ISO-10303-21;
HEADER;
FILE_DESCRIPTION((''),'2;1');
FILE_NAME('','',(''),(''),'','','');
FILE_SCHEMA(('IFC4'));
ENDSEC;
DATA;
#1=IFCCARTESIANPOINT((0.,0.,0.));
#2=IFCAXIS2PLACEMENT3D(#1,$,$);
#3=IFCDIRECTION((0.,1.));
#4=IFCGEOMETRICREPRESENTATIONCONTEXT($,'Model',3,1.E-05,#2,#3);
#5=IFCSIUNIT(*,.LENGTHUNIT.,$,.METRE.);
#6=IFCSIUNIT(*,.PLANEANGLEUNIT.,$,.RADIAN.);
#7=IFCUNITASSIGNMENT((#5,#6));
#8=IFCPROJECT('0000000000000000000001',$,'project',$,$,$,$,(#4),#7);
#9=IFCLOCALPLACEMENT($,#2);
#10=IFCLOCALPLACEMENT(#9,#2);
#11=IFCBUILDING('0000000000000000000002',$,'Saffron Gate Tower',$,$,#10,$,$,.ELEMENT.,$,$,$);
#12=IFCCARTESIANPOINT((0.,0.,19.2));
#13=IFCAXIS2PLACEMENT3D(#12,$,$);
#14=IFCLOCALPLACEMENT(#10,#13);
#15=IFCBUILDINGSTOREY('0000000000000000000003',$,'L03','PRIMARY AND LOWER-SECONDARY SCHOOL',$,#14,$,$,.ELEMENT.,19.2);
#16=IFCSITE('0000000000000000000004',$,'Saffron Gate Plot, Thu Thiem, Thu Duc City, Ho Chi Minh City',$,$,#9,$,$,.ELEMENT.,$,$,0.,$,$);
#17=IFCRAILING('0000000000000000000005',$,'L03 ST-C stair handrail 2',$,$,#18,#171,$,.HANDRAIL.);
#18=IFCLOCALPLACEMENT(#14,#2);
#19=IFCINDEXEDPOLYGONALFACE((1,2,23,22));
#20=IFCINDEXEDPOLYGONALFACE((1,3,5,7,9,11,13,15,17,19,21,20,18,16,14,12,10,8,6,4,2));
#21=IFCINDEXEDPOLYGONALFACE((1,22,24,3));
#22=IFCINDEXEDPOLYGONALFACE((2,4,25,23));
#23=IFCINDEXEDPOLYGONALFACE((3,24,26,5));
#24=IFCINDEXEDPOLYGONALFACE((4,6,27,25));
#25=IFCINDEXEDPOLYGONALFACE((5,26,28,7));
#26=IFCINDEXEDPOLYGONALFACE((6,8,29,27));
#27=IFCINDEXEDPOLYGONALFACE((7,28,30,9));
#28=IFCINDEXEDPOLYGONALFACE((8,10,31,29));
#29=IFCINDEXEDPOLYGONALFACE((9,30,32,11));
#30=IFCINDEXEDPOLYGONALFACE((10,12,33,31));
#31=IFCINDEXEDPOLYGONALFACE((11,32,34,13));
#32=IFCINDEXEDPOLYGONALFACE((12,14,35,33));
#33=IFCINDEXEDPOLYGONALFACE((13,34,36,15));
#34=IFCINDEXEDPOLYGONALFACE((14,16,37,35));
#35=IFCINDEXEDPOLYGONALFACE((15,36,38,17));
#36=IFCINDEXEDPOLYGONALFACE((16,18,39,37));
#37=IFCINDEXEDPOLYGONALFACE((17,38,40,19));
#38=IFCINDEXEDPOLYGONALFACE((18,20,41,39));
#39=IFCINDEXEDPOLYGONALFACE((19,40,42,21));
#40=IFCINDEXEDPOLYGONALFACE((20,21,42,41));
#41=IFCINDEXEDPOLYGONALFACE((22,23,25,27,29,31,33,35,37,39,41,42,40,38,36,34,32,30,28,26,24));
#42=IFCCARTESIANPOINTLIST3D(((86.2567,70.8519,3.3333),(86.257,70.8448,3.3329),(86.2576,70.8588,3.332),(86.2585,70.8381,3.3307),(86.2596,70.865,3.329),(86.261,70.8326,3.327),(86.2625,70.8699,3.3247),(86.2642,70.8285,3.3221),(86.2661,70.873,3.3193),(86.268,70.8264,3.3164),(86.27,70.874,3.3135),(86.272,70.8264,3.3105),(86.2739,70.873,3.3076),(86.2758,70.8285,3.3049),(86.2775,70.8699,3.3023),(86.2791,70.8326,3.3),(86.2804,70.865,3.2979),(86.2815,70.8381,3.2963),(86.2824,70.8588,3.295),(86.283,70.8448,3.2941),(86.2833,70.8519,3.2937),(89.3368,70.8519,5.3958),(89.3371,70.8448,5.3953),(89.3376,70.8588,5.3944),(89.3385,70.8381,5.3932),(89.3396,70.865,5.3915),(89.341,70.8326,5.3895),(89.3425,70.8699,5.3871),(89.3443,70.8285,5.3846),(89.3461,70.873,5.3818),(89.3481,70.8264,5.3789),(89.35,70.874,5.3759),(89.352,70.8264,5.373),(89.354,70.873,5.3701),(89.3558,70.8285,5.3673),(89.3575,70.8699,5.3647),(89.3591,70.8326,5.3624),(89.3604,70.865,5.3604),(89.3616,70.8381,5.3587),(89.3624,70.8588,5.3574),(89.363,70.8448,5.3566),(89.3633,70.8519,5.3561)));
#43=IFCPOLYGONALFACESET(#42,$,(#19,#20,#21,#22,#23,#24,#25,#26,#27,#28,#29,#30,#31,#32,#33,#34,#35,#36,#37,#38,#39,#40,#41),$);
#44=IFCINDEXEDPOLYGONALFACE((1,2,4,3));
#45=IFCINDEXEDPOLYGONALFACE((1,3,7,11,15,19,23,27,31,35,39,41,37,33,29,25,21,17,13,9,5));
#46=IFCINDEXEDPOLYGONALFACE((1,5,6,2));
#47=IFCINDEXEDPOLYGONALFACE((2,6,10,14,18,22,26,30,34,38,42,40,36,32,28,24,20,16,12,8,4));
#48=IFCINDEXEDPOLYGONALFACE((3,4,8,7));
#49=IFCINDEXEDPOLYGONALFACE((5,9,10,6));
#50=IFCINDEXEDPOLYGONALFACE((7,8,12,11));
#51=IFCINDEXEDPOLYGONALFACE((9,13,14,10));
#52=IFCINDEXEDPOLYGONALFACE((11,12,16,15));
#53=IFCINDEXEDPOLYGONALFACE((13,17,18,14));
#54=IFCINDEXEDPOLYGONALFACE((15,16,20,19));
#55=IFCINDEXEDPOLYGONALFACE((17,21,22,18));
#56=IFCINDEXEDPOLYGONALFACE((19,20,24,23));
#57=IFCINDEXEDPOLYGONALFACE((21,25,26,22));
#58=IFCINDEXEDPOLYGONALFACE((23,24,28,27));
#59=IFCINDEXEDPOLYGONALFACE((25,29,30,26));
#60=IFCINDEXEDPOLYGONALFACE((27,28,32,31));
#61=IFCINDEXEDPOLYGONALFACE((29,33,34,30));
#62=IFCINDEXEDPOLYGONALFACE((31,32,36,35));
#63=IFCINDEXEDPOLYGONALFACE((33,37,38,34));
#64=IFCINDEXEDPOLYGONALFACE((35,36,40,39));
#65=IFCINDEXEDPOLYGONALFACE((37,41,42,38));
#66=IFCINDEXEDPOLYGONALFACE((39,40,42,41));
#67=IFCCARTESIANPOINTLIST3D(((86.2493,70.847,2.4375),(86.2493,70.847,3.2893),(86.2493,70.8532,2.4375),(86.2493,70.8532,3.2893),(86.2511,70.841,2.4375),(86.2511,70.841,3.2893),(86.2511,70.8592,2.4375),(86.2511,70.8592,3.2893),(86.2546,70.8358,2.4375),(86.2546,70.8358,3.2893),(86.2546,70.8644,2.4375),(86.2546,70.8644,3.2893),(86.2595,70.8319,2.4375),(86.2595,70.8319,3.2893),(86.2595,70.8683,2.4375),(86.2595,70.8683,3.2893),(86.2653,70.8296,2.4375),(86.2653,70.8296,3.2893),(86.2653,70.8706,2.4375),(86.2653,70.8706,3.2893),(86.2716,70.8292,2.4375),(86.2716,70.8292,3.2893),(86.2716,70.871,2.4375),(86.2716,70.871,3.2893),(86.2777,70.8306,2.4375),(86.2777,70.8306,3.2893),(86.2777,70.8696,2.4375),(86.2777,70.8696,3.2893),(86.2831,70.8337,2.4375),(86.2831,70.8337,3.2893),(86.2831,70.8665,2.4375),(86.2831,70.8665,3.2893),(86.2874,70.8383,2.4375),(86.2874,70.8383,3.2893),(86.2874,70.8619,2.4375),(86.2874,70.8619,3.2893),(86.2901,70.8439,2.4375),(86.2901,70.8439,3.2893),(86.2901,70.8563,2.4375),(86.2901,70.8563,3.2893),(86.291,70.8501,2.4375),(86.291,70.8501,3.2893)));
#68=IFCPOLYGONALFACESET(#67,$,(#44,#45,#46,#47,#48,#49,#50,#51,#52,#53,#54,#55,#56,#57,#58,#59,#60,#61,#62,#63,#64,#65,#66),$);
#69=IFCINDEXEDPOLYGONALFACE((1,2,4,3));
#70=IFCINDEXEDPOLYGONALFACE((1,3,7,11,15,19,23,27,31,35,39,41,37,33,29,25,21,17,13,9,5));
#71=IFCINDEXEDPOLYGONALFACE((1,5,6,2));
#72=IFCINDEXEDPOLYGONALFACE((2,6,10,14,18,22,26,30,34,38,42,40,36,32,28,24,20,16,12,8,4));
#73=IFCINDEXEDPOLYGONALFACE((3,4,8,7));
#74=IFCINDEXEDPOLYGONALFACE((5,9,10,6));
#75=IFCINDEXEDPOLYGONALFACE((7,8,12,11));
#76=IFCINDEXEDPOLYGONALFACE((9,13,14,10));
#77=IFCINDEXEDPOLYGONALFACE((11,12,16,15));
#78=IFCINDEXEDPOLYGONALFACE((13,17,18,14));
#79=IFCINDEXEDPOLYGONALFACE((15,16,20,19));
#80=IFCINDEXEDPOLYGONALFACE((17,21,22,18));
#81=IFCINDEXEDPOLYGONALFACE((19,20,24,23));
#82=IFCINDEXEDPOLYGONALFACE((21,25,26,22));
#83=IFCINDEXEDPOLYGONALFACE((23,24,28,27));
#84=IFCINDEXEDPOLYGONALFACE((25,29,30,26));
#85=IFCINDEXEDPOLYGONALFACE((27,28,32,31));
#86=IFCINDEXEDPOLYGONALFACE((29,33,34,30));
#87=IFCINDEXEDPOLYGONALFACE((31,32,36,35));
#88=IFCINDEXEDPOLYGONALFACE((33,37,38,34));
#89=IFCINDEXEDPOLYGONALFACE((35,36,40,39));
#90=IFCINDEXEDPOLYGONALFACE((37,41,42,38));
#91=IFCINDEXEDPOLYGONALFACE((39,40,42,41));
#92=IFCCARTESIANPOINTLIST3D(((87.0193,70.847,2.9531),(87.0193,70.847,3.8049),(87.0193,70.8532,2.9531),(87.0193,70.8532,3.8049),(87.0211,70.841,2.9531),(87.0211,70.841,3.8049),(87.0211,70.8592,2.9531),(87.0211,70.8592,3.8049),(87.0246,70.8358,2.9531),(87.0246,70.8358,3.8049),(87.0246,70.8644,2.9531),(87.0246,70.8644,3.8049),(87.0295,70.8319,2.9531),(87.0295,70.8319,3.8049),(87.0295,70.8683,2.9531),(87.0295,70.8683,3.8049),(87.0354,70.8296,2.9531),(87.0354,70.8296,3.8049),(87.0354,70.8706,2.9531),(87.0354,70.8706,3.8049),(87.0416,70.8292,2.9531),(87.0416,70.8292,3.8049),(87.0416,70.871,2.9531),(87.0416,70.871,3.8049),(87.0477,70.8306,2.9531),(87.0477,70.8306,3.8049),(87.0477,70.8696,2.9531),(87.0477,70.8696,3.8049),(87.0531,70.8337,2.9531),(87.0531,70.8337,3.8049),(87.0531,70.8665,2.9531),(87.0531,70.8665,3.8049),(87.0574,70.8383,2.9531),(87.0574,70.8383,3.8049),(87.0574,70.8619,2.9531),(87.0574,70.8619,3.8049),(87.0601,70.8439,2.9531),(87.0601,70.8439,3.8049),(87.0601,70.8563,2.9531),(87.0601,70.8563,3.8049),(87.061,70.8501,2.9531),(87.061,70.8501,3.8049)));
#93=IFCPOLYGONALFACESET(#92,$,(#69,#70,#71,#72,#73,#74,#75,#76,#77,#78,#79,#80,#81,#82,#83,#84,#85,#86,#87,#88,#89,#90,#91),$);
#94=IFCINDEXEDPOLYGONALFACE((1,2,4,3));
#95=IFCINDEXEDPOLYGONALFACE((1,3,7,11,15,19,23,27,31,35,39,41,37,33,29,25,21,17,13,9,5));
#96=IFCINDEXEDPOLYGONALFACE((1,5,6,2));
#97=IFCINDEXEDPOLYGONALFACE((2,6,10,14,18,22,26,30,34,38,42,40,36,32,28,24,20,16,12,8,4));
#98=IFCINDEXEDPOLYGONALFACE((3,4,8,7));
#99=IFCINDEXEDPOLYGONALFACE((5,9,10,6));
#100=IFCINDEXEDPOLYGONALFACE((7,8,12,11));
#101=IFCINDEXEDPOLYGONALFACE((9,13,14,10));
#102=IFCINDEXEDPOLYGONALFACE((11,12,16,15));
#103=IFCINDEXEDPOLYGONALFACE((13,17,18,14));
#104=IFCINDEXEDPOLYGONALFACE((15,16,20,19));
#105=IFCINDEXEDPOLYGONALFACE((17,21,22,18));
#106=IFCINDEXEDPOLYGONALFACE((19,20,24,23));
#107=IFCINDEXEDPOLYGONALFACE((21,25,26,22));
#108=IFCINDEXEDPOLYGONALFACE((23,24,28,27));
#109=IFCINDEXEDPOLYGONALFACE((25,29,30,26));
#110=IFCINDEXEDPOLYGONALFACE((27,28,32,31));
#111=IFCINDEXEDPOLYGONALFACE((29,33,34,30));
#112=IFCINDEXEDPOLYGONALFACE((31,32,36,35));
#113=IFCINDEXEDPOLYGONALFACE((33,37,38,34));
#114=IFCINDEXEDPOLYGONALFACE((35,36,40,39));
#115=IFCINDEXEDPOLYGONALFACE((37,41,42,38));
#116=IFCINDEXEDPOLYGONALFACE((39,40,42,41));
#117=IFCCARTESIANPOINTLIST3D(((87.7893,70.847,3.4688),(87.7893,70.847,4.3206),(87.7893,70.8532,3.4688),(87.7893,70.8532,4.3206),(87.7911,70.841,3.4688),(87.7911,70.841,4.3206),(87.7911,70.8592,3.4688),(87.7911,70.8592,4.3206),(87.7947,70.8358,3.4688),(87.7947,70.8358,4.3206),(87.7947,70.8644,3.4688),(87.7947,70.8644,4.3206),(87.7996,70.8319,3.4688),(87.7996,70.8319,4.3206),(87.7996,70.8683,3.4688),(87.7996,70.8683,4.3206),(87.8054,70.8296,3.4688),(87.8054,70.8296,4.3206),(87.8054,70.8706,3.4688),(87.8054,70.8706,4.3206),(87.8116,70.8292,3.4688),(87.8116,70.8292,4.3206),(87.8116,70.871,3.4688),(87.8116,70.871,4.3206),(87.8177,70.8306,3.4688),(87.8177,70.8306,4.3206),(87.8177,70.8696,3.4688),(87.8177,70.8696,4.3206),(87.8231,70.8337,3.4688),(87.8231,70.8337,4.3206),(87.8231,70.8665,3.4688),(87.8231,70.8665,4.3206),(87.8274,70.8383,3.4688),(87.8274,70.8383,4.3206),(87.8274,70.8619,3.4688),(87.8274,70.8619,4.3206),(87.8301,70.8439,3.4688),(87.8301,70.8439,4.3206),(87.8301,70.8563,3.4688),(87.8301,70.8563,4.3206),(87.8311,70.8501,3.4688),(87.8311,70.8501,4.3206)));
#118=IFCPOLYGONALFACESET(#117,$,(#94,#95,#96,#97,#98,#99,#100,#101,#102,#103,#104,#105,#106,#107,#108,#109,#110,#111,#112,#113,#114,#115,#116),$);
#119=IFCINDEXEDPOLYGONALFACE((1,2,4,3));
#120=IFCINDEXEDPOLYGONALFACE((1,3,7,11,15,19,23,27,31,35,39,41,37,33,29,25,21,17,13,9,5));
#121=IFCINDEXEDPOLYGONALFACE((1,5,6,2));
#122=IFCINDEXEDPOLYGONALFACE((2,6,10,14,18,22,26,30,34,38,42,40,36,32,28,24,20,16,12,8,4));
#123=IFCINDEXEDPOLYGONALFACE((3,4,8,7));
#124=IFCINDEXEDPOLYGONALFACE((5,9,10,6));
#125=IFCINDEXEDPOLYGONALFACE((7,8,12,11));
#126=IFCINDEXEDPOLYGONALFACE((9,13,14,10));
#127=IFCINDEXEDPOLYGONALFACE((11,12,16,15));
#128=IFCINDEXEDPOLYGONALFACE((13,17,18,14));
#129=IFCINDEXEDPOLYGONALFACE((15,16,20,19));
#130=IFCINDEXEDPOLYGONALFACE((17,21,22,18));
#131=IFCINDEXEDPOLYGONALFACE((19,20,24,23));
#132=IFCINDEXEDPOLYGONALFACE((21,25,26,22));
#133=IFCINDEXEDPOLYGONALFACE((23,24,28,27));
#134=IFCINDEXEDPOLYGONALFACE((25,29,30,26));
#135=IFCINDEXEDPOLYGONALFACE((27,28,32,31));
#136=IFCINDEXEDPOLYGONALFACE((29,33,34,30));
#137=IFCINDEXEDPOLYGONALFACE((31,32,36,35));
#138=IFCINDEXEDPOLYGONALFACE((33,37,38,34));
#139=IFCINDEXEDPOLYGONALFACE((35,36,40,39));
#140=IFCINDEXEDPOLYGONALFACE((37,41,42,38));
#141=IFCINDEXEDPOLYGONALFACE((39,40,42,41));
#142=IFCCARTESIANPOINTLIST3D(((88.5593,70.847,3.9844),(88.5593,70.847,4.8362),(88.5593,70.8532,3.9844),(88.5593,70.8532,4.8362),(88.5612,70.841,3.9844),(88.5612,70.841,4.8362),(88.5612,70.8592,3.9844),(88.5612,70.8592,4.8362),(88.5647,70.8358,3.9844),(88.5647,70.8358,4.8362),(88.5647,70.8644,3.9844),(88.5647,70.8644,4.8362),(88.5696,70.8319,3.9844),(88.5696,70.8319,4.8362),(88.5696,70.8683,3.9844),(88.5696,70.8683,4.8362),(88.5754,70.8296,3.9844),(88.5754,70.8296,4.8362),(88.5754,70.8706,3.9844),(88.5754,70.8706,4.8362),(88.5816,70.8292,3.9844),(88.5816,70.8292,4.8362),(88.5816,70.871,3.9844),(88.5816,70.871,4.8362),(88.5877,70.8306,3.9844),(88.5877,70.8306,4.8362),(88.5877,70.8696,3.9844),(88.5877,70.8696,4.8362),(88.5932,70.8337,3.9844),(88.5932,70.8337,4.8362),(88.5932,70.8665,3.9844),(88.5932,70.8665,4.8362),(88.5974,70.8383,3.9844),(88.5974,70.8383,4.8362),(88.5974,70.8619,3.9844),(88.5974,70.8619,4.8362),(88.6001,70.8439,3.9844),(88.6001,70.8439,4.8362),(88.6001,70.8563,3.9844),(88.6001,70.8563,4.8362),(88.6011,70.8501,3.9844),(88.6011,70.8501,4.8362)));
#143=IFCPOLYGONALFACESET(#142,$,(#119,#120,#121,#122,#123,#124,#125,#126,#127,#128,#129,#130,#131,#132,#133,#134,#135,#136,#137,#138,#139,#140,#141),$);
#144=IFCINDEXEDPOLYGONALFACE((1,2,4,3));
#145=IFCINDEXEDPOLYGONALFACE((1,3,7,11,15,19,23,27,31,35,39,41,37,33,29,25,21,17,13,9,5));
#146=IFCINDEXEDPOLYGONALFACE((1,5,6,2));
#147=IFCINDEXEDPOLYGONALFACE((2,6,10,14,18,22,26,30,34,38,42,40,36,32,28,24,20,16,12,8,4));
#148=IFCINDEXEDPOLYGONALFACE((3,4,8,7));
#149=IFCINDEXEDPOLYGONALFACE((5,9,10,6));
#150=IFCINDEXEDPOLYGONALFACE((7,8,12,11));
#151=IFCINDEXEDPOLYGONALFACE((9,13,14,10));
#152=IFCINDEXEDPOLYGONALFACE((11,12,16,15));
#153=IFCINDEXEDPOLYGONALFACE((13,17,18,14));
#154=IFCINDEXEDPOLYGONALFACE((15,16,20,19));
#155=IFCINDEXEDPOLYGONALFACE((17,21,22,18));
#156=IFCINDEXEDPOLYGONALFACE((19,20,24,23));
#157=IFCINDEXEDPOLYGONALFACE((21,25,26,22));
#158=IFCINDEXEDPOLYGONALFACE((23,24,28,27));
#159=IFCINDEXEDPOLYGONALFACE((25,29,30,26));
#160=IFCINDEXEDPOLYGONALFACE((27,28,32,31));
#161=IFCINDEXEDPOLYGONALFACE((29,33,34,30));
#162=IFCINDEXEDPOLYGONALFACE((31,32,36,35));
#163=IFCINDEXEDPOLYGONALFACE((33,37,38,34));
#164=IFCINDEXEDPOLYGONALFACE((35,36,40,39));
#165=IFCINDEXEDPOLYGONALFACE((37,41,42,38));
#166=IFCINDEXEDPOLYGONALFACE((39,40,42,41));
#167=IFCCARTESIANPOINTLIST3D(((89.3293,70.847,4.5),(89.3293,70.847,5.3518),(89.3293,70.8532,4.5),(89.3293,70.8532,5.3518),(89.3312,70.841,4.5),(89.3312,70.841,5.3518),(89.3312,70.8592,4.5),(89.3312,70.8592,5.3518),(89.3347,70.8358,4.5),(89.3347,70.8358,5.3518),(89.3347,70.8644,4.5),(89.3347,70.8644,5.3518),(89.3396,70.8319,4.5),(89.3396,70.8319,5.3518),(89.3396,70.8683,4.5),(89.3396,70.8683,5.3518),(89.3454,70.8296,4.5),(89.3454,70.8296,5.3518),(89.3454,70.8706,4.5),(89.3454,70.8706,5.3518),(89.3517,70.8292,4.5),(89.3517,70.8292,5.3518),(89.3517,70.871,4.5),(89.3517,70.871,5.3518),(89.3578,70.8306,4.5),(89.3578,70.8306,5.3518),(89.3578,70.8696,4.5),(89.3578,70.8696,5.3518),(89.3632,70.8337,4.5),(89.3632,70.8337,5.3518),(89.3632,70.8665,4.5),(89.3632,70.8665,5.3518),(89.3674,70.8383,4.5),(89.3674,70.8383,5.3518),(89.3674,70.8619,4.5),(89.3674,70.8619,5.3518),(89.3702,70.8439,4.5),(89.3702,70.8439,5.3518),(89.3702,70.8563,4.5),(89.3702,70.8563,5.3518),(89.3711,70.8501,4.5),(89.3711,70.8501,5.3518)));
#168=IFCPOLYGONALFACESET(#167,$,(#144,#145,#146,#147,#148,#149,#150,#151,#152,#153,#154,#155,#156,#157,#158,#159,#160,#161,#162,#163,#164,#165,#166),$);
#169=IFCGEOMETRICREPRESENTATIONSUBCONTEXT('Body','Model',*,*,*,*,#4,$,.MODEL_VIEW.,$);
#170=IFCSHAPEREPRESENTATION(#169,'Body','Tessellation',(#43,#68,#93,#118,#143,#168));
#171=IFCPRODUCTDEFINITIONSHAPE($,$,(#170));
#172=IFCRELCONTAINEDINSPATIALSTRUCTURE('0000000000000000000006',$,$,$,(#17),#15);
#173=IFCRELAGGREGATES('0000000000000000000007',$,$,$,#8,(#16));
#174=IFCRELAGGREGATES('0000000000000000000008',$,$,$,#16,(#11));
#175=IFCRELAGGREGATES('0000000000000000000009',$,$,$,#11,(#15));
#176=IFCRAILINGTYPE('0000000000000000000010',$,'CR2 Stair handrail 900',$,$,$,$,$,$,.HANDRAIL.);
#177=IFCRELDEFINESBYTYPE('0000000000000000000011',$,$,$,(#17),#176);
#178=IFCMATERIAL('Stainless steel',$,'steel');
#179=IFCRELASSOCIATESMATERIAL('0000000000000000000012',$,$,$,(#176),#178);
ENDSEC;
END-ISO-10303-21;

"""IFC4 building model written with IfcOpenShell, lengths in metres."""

from ifc_helpers import new_model, si_unit, direction, frame, origin, origin_2d, place, context, subcontext, project, spatial, circle, extrude, material, type_object, element, save


model = new_model("IFC4")

# Units and contexts
model_context = context("Model", 3, precision=1e-05, world=origin(), true_north=direction((0.0, 1.0)))
body_context = subcontext(model_context, "Body", "Model", "MODEL_VIEW")
ifc_project = project(units=[si_unit("LENGTHUNIT", "METRE"), si_unit("PLANEANGLEUNIT", "RADIAN")], contexts=[model_context])

# Site, building, storey
site_placement = place(None, origin())
site = spatial("IfcSite", under=ifc_project, at=site_placement, Name="Saffron Gate Plot, Thu Thiem, Thu Duc City, Ho Chi Minh City", CompositionType="ELEMENT", RefElevation=0.0)
building_placement = place(site_placement, origin())
building = spatial("IfcBuilding", under=site, at=building_placement, Name="Saffron Gate Tower", CompositionType="ELEMENT")
storey_placement = place(building_placement, frame((0.0, 0.0, 19.2)))
storey = spatial("IfcBuildingStorey", under=building, at=storey_placement, Name="L03", Description="PRIMARY AND LOWER-SECONDARY SCHOOL", CompositionType="ELEMENT", Elevation=19.2)

# Railing
ifc_material_1 = material(Name="Stainless steel", Category="steel")
railing_type_1 = type_object("IfcRailingType", Name="CR2 Stair handrail 900", PredefinedType="HANDRAIL", material=ifc_material_1)
for number, where, name in (
    (1, (86.27, 70.8501, 2.4375), "L03 ST-C stair handrail 2"),
):
    element("IfcRailing", number, at=place(storey_placement, frame(where)), inside=storey, type_object=railing_type_1, Name=name, PredefinedType="HANDRAIL", context=body_context, shape_type="SweptSolid", body=[
        extrude(circle(Radius=0.0239, at=origin_2d()), frame((0.0, 0.0, 0.876), z_axis=(0.830914, 0.0, 0.556401), x_axis=(0.0, 1.0, 0.0)), (0.0, 0.0, 1.0), 3.7068),
        extrude(circle(Radius=0.021, at=origin_2d()), origin(), (0.0, 0.0, 1.0), 0.8518),
        extrude(circle(Radius=0.021, at=origin_2d()), frame((0.77, 0.0, 0.5156)), (0.0, 0.0, 1.0), 0.8518),
        extrude(circle(Radius=0.021, at=origin_2d()), frame((1.54, 0.0, 1.0312)), (0.0, 0.0, 1.0), 0.8518),
        extrude(circle(Radius=0.021, at=origin_2d()), frame((2.3101, 0.0, 1.5469)), (0.0, 0.0, 1.0), 0.8518),
        extrude(circle(Radius=0.021, at=origin_2d()), frame((3.0801, 0.0, 2.0625)), (0.0, 0.0, 1.0), 0.8518),
    ])

save(model, "model.ifc")
